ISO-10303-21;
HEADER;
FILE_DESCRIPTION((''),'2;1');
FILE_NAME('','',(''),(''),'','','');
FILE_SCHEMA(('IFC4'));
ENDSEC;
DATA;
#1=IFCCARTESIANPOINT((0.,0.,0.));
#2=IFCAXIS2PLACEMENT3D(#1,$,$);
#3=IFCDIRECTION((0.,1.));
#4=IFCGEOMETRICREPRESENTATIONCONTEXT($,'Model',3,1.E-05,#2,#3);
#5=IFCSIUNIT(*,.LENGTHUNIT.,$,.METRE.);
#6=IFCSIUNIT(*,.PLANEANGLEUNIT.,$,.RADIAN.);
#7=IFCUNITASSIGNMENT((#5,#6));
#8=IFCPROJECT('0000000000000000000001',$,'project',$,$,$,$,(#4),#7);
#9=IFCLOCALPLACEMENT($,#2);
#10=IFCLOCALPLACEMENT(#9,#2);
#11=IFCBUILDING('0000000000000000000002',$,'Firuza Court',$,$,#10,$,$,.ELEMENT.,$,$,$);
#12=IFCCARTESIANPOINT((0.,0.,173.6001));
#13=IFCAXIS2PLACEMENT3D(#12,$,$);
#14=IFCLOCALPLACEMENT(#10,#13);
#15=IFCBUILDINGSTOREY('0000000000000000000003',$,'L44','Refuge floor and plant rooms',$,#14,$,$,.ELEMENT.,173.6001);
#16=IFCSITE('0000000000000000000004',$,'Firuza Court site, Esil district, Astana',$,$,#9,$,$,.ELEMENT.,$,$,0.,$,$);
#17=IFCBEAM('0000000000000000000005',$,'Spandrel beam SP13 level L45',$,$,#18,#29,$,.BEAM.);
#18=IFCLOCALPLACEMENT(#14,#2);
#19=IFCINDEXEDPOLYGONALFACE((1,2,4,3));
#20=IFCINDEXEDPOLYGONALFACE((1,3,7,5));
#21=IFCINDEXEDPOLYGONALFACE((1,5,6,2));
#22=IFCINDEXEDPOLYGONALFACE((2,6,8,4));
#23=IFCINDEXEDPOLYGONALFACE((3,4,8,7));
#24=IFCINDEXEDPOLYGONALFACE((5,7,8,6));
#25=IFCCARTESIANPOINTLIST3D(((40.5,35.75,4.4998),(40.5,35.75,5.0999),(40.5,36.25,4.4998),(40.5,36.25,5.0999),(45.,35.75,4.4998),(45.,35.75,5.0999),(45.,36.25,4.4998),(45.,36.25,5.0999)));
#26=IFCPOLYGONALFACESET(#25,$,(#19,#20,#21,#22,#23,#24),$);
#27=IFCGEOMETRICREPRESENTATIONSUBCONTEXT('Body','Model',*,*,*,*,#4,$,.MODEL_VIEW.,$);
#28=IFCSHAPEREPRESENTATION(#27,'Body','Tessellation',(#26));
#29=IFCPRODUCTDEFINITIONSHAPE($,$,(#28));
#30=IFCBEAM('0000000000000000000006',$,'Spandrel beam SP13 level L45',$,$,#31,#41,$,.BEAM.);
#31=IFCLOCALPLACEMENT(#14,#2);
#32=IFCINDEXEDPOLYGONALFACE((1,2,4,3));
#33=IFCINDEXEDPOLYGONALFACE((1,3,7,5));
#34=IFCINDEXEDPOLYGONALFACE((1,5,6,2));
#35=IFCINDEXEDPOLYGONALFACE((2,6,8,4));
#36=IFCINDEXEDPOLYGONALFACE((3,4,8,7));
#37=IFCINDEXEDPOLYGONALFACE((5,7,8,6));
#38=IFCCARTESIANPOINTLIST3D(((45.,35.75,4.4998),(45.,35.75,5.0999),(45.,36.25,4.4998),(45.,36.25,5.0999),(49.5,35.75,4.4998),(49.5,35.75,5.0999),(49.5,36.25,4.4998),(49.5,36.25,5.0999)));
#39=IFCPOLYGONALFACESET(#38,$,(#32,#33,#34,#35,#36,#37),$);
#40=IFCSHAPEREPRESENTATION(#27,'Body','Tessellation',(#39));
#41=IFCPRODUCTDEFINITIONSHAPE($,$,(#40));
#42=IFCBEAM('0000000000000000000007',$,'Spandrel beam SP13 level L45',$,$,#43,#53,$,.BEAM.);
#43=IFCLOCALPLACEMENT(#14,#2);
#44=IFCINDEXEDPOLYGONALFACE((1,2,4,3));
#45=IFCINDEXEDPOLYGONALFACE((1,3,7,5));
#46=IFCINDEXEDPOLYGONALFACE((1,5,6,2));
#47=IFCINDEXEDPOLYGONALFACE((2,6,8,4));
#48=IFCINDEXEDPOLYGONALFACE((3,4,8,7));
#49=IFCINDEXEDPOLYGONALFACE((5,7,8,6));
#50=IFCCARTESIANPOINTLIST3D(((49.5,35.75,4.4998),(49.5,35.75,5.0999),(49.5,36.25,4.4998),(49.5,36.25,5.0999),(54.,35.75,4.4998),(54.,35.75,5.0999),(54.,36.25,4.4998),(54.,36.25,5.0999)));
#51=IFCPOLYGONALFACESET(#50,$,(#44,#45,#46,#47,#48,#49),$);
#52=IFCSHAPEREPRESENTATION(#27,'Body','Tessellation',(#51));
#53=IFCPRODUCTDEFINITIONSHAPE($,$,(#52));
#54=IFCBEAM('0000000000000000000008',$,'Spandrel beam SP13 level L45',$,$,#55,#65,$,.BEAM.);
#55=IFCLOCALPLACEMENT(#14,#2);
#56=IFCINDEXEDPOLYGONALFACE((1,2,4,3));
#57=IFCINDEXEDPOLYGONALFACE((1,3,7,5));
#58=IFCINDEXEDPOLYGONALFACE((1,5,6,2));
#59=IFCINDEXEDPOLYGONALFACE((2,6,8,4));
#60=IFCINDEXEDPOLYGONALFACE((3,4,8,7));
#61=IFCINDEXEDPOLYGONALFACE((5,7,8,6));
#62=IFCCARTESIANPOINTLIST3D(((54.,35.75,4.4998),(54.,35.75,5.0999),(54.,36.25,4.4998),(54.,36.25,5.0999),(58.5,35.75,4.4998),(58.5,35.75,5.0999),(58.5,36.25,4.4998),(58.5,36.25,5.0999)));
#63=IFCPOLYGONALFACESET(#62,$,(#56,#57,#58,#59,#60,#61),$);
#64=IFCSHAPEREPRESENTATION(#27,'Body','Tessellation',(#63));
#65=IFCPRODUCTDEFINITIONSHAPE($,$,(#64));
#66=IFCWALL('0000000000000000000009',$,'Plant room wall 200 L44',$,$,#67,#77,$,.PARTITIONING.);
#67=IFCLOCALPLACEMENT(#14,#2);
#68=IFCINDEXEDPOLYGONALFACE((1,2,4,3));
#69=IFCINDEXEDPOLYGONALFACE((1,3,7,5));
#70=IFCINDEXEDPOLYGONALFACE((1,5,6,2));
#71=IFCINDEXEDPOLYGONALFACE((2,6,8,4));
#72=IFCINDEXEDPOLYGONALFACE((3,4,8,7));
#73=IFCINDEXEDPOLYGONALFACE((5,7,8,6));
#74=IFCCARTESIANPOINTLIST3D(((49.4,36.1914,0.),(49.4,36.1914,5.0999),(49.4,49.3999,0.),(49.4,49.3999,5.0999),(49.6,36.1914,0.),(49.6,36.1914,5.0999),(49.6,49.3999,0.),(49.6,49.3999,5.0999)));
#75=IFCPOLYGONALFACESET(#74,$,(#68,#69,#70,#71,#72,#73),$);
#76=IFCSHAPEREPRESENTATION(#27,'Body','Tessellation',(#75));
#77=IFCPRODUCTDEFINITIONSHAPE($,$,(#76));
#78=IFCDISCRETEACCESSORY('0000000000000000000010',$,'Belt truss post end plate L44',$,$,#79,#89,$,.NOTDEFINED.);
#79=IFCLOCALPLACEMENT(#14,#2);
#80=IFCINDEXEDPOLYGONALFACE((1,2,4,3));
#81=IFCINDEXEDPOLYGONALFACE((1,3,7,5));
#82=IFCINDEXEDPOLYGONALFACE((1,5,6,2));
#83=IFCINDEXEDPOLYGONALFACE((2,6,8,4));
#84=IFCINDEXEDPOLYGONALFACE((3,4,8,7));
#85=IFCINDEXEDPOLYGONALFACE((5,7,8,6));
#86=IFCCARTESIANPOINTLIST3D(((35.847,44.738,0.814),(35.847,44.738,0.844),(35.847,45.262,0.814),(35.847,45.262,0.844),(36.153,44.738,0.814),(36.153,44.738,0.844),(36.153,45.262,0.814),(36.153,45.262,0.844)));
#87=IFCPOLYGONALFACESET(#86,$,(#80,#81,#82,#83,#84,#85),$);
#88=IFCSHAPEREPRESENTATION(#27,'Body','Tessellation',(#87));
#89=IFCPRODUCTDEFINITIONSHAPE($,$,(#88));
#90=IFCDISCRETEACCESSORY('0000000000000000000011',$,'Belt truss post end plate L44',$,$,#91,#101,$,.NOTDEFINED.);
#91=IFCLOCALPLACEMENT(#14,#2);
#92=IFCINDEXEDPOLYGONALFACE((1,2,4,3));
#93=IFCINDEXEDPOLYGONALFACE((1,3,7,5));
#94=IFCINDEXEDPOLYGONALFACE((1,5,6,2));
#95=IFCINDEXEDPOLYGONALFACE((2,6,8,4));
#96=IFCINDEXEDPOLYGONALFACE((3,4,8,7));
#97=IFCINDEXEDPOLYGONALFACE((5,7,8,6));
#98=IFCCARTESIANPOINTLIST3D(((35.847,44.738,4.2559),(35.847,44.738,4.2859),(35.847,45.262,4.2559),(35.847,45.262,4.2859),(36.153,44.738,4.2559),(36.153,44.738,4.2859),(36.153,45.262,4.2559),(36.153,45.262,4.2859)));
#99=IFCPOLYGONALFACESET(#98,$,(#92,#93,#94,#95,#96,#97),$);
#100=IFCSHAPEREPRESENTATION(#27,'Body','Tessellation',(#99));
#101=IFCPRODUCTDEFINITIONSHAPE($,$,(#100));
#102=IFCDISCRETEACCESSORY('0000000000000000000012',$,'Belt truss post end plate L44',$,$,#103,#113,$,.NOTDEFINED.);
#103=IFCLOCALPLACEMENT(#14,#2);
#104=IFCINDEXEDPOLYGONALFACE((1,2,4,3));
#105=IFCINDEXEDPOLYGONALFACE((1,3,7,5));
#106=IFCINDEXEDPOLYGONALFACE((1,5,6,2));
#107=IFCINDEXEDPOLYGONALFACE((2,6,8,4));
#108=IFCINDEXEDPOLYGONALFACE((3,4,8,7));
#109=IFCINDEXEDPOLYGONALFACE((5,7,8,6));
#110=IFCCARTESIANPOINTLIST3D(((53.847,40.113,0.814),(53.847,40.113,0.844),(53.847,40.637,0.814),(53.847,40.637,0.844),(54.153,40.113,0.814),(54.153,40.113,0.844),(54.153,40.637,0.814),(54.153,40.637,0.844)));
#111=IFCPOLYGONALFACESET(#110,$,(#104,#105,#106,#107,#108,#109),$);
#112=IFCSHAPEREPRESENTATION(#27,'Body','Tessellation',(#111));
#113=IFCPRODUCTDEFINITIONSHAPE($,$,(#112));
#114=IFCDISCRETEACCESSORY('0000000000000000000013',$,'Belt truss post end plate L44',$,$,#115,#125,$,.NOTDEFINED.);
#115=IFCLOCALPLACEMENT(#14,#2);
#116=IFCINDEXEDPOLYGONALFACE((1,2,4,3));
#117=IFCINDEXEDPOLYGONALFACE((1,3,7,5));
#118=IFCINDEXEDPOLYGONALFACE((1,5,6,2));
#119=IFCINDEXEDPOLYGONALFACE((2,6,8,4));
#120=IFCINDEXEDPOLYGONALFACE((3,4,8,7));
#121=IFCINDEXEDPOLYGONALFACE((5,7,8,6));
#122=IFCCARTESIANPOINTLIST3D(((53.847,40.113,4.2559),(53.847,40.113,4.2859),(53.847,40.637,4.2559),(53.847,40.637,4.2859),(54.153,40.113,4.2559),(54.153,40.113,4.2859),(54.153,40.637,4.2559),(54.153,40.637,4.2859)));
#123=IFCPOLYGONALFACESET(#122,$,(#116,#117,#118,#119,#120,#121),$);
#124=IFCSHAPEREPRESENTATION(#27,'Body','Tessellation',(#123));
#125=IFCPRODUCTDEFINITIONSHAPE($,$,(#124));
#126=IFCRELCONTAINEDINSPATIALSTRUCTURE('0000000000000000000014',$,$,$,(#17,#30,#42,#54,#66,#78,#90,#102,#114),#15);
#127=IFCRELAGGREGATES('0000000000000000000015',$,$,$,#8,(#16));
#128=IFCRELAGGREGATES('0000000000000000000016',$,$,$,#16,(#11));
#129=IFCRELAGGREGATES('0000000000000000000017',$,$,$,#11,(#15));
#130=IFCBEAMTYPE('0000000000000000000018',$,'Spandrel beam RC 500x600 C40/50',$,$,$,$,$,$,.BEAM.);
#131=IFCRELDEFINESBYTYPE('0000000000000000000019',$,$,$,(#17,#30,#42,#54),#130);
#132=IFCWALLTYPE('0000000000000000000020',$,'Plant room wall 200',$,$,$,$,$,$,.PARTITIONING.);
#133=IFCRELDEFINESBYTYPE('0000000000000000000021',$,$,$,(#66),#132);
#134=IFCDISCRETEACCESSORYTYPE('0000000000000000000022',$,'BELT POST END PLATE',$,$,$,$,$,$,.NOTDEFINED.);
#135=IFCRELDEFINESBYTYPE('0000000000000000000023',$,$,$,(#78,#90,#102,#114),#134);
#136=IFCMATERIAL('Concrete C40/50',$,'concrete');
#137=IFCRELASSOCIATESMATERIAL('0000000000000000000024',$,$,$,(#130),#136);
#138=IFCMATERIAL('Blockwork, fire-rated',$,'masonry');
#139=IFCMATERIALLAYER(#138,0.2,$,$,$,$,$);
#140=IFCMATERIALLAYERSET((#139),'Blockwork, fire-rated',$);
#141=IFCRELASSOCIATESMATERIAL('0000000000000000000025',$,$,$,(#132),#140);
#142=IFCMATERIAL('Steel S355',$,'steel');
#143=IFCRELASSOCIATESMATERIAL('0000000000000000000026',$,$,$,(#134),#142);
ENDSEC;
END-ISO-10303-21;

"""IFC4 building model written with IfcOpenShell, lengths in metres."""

from ifc_helpers import new_model, si_unit, direction, frame, frame_2d, origin, origin_2d, place, context, subcontext, project, spatial, rectangle, extrude, material, layer, layer_set, material_profile, profile_set, type_object, element, save


model = new_model("IFC4")

# Units and contexts
model_context = context("Model", 3, precision=1e-05, world=origin(), true_north=direction((0.0, 1.0)))
body_context = subcontext(model_context, "Body", "Model", "MODEL_VIEW")
ifc_project = project(units=[si_unit("LENGTHUNIT", "METRE"), si_unit("PLANEANGLEUNIT", "RADIAN")], contexts=[model_context])

# Site, building, storey
site_placement = place(None, origin())
site = spatial("IfcSite", under=ifc_project, at=site_placement, Name="Firuza Court site, Esil district, Astana", CompositionType="ELEMENT", RefElevation=0.0)
building_placement = place(site_placement, origin())
building = spatial("IfcBuilding", under=site, at=building_placement, Name="Firuza Court", CompositionType="ELEMENT")
storey_placement = place(building_placement, frame((0.0, 0.0, 173.6001)))
storey = spatial("IfcBuildingStorey", under=building, at=storey_placement, Name="L44", Description="Refuge floor and plant rooms", CompositionType="ELEMENT", Elevation=173.6001)

# Beams
ifc_material_1 = material(Name="Concrete C40/50", Category="concrete")
ifc_material_profile_1 = material_profile(ifc_material_1, rectangle(XDim=0.5, YDim=0.6001, at=origin_2d()), Name="RC 500x600")
ifc_profile_set_1 = profile_set([ifc_material_profile_1], Name="Concrete C40/50")
beam_type_1 = type_object("IfcBeamType", Name="Spandrel beam RC 500x600 C40/50", PredefinedType="BEAM", material=ifc_profile_set_1)
for number, where, z_axis, x_axis, name in (
    (1, (40.5, 36.0, 4.7998), (1.0, 0.0, 0.0), (0.0, 1.0, 0.0), "Spandrel beam SP13 level L45"),
    (2, (45.0, 36.0, 4.7998), (1.0, 0.0, 0.0), (0.0, 1.0, 0.0), "Spandrel beam SP13 level L45"),
    (3, (49.5, 36.0, 4.7998), (1.0, 0.0, 0.0), (0.0, 1.0, 0.0), "Spandrel beam SP13 level L45"),
    (4, (54.0, 36.0, 4.7998), (1.0, 0.0, 0.0), (0.0, 1.0, 0.0), "Spandrel beam SP13 level L45"),
):
    element("IfcBeam", number, at=place(storey_placement, frame(where, z_axis=z_axis, x_axis=x_axis)), inside=storey, type_object=beam_type_1, Name=name, PredefinedType="BEAM", context=body_context, shape_type="SweptSolid", body=[
        extrude(rectangle(XDim=0.5, YDim=0.6001, at=origin_2d()), origin(), (0.0, 0.0, 1.0), 4.5),
    ])

# Wall
ifc_material_2 = material(Name="Blockwork, fire-rated", Category="masonry")
ifc_layer = layer(ifc_material_2, 0.2)
ifc_layer_set = layer_set([ifc_layer], Name="Blockwork, fire-rated")
wall_type = type_object("IfcWallType", Name="Plant room wall 200", PredefinedType="PARTITIONING", material=ifc_layer_set)
wall_placement = place(storey_placement, frame((49.5, 49.3999, 0.0), z_axis=(0.0, 0.0, 1.0), x_axis=(0.0, -1.0, 0.0)))
element("IfcWall", 5, at=wall_placement, inside=storey, type_object=wall_type, Name="Plant room wall 200 L44", PredefinedType="PARTITIONING", context=body_context, shape_type="SweptSolid", body=[
    extrude(rectangle(XDim=13.2085, YDim=0.2, at=frame_2d((6.6042, 0.0))), origin(), (0.0, 0.0, 1.0), 5.0999),
])

# Discrete accessories
ifc_material_3 = material(Name="Steel S355", Category="steel")
ifc_material_profile_2 = material_profile(ifc_material_3, rectangle(XDim=0.3059, YDim=0.5239, at=origin_2d()), Name="PL 306X524")
ifc_profile_set_2 = profile_set([ifc_material_profile_2], Name="Steel S355")
discrete_accessory_type = type_object("IfcDiscreteAccessoryType", Name="BELT POST END PLATE", PredefinedType="NOTDEFINED", material=ifc_profile_set_2)
for number, where, z_axis, x_axis, name in (
    (6, (36.0, 45.0, 0.814), (0.0, 0.0, 1.0), (1.0, 0.0, 0.0), "Belt truss post end plate L44"),
    (7, (36.0, 45.0, 4.2559), (0.0, 0.0, 1.0), (1.0, 0.0, 0.0), "Belt truss post end plate L44"),
    (8, (54.0, 40.375, 0.814), (0.0, 0.0, 1.0), (1.0, 0.0, 0.0), "Belt truss post end plate L44"),
    (9, (54.0, 40.375, 4.2559), (0.0, 0.0, 1.0), (1.0, 0.0, 0.0), "Belt truss post end plate L44"),
):
    element("IfcDiscreteAccessory", number, at=place(storey_placement, frame(where, z_axis=z_axis, x_axis=x_axis)), inside=storey, type_object=discrete_accessory_type, Name=name, PredefinedType="NOTDEFINED", context=body_context, shape_type="SweptSolid", body=[
        extrude(rectangle(XDim=0.3059, YDim=0.5239, at=origin_2d()), origin(), (0.0, 0.0, 1.0), 0.03),
    ])

save(model, "model.ifc")
